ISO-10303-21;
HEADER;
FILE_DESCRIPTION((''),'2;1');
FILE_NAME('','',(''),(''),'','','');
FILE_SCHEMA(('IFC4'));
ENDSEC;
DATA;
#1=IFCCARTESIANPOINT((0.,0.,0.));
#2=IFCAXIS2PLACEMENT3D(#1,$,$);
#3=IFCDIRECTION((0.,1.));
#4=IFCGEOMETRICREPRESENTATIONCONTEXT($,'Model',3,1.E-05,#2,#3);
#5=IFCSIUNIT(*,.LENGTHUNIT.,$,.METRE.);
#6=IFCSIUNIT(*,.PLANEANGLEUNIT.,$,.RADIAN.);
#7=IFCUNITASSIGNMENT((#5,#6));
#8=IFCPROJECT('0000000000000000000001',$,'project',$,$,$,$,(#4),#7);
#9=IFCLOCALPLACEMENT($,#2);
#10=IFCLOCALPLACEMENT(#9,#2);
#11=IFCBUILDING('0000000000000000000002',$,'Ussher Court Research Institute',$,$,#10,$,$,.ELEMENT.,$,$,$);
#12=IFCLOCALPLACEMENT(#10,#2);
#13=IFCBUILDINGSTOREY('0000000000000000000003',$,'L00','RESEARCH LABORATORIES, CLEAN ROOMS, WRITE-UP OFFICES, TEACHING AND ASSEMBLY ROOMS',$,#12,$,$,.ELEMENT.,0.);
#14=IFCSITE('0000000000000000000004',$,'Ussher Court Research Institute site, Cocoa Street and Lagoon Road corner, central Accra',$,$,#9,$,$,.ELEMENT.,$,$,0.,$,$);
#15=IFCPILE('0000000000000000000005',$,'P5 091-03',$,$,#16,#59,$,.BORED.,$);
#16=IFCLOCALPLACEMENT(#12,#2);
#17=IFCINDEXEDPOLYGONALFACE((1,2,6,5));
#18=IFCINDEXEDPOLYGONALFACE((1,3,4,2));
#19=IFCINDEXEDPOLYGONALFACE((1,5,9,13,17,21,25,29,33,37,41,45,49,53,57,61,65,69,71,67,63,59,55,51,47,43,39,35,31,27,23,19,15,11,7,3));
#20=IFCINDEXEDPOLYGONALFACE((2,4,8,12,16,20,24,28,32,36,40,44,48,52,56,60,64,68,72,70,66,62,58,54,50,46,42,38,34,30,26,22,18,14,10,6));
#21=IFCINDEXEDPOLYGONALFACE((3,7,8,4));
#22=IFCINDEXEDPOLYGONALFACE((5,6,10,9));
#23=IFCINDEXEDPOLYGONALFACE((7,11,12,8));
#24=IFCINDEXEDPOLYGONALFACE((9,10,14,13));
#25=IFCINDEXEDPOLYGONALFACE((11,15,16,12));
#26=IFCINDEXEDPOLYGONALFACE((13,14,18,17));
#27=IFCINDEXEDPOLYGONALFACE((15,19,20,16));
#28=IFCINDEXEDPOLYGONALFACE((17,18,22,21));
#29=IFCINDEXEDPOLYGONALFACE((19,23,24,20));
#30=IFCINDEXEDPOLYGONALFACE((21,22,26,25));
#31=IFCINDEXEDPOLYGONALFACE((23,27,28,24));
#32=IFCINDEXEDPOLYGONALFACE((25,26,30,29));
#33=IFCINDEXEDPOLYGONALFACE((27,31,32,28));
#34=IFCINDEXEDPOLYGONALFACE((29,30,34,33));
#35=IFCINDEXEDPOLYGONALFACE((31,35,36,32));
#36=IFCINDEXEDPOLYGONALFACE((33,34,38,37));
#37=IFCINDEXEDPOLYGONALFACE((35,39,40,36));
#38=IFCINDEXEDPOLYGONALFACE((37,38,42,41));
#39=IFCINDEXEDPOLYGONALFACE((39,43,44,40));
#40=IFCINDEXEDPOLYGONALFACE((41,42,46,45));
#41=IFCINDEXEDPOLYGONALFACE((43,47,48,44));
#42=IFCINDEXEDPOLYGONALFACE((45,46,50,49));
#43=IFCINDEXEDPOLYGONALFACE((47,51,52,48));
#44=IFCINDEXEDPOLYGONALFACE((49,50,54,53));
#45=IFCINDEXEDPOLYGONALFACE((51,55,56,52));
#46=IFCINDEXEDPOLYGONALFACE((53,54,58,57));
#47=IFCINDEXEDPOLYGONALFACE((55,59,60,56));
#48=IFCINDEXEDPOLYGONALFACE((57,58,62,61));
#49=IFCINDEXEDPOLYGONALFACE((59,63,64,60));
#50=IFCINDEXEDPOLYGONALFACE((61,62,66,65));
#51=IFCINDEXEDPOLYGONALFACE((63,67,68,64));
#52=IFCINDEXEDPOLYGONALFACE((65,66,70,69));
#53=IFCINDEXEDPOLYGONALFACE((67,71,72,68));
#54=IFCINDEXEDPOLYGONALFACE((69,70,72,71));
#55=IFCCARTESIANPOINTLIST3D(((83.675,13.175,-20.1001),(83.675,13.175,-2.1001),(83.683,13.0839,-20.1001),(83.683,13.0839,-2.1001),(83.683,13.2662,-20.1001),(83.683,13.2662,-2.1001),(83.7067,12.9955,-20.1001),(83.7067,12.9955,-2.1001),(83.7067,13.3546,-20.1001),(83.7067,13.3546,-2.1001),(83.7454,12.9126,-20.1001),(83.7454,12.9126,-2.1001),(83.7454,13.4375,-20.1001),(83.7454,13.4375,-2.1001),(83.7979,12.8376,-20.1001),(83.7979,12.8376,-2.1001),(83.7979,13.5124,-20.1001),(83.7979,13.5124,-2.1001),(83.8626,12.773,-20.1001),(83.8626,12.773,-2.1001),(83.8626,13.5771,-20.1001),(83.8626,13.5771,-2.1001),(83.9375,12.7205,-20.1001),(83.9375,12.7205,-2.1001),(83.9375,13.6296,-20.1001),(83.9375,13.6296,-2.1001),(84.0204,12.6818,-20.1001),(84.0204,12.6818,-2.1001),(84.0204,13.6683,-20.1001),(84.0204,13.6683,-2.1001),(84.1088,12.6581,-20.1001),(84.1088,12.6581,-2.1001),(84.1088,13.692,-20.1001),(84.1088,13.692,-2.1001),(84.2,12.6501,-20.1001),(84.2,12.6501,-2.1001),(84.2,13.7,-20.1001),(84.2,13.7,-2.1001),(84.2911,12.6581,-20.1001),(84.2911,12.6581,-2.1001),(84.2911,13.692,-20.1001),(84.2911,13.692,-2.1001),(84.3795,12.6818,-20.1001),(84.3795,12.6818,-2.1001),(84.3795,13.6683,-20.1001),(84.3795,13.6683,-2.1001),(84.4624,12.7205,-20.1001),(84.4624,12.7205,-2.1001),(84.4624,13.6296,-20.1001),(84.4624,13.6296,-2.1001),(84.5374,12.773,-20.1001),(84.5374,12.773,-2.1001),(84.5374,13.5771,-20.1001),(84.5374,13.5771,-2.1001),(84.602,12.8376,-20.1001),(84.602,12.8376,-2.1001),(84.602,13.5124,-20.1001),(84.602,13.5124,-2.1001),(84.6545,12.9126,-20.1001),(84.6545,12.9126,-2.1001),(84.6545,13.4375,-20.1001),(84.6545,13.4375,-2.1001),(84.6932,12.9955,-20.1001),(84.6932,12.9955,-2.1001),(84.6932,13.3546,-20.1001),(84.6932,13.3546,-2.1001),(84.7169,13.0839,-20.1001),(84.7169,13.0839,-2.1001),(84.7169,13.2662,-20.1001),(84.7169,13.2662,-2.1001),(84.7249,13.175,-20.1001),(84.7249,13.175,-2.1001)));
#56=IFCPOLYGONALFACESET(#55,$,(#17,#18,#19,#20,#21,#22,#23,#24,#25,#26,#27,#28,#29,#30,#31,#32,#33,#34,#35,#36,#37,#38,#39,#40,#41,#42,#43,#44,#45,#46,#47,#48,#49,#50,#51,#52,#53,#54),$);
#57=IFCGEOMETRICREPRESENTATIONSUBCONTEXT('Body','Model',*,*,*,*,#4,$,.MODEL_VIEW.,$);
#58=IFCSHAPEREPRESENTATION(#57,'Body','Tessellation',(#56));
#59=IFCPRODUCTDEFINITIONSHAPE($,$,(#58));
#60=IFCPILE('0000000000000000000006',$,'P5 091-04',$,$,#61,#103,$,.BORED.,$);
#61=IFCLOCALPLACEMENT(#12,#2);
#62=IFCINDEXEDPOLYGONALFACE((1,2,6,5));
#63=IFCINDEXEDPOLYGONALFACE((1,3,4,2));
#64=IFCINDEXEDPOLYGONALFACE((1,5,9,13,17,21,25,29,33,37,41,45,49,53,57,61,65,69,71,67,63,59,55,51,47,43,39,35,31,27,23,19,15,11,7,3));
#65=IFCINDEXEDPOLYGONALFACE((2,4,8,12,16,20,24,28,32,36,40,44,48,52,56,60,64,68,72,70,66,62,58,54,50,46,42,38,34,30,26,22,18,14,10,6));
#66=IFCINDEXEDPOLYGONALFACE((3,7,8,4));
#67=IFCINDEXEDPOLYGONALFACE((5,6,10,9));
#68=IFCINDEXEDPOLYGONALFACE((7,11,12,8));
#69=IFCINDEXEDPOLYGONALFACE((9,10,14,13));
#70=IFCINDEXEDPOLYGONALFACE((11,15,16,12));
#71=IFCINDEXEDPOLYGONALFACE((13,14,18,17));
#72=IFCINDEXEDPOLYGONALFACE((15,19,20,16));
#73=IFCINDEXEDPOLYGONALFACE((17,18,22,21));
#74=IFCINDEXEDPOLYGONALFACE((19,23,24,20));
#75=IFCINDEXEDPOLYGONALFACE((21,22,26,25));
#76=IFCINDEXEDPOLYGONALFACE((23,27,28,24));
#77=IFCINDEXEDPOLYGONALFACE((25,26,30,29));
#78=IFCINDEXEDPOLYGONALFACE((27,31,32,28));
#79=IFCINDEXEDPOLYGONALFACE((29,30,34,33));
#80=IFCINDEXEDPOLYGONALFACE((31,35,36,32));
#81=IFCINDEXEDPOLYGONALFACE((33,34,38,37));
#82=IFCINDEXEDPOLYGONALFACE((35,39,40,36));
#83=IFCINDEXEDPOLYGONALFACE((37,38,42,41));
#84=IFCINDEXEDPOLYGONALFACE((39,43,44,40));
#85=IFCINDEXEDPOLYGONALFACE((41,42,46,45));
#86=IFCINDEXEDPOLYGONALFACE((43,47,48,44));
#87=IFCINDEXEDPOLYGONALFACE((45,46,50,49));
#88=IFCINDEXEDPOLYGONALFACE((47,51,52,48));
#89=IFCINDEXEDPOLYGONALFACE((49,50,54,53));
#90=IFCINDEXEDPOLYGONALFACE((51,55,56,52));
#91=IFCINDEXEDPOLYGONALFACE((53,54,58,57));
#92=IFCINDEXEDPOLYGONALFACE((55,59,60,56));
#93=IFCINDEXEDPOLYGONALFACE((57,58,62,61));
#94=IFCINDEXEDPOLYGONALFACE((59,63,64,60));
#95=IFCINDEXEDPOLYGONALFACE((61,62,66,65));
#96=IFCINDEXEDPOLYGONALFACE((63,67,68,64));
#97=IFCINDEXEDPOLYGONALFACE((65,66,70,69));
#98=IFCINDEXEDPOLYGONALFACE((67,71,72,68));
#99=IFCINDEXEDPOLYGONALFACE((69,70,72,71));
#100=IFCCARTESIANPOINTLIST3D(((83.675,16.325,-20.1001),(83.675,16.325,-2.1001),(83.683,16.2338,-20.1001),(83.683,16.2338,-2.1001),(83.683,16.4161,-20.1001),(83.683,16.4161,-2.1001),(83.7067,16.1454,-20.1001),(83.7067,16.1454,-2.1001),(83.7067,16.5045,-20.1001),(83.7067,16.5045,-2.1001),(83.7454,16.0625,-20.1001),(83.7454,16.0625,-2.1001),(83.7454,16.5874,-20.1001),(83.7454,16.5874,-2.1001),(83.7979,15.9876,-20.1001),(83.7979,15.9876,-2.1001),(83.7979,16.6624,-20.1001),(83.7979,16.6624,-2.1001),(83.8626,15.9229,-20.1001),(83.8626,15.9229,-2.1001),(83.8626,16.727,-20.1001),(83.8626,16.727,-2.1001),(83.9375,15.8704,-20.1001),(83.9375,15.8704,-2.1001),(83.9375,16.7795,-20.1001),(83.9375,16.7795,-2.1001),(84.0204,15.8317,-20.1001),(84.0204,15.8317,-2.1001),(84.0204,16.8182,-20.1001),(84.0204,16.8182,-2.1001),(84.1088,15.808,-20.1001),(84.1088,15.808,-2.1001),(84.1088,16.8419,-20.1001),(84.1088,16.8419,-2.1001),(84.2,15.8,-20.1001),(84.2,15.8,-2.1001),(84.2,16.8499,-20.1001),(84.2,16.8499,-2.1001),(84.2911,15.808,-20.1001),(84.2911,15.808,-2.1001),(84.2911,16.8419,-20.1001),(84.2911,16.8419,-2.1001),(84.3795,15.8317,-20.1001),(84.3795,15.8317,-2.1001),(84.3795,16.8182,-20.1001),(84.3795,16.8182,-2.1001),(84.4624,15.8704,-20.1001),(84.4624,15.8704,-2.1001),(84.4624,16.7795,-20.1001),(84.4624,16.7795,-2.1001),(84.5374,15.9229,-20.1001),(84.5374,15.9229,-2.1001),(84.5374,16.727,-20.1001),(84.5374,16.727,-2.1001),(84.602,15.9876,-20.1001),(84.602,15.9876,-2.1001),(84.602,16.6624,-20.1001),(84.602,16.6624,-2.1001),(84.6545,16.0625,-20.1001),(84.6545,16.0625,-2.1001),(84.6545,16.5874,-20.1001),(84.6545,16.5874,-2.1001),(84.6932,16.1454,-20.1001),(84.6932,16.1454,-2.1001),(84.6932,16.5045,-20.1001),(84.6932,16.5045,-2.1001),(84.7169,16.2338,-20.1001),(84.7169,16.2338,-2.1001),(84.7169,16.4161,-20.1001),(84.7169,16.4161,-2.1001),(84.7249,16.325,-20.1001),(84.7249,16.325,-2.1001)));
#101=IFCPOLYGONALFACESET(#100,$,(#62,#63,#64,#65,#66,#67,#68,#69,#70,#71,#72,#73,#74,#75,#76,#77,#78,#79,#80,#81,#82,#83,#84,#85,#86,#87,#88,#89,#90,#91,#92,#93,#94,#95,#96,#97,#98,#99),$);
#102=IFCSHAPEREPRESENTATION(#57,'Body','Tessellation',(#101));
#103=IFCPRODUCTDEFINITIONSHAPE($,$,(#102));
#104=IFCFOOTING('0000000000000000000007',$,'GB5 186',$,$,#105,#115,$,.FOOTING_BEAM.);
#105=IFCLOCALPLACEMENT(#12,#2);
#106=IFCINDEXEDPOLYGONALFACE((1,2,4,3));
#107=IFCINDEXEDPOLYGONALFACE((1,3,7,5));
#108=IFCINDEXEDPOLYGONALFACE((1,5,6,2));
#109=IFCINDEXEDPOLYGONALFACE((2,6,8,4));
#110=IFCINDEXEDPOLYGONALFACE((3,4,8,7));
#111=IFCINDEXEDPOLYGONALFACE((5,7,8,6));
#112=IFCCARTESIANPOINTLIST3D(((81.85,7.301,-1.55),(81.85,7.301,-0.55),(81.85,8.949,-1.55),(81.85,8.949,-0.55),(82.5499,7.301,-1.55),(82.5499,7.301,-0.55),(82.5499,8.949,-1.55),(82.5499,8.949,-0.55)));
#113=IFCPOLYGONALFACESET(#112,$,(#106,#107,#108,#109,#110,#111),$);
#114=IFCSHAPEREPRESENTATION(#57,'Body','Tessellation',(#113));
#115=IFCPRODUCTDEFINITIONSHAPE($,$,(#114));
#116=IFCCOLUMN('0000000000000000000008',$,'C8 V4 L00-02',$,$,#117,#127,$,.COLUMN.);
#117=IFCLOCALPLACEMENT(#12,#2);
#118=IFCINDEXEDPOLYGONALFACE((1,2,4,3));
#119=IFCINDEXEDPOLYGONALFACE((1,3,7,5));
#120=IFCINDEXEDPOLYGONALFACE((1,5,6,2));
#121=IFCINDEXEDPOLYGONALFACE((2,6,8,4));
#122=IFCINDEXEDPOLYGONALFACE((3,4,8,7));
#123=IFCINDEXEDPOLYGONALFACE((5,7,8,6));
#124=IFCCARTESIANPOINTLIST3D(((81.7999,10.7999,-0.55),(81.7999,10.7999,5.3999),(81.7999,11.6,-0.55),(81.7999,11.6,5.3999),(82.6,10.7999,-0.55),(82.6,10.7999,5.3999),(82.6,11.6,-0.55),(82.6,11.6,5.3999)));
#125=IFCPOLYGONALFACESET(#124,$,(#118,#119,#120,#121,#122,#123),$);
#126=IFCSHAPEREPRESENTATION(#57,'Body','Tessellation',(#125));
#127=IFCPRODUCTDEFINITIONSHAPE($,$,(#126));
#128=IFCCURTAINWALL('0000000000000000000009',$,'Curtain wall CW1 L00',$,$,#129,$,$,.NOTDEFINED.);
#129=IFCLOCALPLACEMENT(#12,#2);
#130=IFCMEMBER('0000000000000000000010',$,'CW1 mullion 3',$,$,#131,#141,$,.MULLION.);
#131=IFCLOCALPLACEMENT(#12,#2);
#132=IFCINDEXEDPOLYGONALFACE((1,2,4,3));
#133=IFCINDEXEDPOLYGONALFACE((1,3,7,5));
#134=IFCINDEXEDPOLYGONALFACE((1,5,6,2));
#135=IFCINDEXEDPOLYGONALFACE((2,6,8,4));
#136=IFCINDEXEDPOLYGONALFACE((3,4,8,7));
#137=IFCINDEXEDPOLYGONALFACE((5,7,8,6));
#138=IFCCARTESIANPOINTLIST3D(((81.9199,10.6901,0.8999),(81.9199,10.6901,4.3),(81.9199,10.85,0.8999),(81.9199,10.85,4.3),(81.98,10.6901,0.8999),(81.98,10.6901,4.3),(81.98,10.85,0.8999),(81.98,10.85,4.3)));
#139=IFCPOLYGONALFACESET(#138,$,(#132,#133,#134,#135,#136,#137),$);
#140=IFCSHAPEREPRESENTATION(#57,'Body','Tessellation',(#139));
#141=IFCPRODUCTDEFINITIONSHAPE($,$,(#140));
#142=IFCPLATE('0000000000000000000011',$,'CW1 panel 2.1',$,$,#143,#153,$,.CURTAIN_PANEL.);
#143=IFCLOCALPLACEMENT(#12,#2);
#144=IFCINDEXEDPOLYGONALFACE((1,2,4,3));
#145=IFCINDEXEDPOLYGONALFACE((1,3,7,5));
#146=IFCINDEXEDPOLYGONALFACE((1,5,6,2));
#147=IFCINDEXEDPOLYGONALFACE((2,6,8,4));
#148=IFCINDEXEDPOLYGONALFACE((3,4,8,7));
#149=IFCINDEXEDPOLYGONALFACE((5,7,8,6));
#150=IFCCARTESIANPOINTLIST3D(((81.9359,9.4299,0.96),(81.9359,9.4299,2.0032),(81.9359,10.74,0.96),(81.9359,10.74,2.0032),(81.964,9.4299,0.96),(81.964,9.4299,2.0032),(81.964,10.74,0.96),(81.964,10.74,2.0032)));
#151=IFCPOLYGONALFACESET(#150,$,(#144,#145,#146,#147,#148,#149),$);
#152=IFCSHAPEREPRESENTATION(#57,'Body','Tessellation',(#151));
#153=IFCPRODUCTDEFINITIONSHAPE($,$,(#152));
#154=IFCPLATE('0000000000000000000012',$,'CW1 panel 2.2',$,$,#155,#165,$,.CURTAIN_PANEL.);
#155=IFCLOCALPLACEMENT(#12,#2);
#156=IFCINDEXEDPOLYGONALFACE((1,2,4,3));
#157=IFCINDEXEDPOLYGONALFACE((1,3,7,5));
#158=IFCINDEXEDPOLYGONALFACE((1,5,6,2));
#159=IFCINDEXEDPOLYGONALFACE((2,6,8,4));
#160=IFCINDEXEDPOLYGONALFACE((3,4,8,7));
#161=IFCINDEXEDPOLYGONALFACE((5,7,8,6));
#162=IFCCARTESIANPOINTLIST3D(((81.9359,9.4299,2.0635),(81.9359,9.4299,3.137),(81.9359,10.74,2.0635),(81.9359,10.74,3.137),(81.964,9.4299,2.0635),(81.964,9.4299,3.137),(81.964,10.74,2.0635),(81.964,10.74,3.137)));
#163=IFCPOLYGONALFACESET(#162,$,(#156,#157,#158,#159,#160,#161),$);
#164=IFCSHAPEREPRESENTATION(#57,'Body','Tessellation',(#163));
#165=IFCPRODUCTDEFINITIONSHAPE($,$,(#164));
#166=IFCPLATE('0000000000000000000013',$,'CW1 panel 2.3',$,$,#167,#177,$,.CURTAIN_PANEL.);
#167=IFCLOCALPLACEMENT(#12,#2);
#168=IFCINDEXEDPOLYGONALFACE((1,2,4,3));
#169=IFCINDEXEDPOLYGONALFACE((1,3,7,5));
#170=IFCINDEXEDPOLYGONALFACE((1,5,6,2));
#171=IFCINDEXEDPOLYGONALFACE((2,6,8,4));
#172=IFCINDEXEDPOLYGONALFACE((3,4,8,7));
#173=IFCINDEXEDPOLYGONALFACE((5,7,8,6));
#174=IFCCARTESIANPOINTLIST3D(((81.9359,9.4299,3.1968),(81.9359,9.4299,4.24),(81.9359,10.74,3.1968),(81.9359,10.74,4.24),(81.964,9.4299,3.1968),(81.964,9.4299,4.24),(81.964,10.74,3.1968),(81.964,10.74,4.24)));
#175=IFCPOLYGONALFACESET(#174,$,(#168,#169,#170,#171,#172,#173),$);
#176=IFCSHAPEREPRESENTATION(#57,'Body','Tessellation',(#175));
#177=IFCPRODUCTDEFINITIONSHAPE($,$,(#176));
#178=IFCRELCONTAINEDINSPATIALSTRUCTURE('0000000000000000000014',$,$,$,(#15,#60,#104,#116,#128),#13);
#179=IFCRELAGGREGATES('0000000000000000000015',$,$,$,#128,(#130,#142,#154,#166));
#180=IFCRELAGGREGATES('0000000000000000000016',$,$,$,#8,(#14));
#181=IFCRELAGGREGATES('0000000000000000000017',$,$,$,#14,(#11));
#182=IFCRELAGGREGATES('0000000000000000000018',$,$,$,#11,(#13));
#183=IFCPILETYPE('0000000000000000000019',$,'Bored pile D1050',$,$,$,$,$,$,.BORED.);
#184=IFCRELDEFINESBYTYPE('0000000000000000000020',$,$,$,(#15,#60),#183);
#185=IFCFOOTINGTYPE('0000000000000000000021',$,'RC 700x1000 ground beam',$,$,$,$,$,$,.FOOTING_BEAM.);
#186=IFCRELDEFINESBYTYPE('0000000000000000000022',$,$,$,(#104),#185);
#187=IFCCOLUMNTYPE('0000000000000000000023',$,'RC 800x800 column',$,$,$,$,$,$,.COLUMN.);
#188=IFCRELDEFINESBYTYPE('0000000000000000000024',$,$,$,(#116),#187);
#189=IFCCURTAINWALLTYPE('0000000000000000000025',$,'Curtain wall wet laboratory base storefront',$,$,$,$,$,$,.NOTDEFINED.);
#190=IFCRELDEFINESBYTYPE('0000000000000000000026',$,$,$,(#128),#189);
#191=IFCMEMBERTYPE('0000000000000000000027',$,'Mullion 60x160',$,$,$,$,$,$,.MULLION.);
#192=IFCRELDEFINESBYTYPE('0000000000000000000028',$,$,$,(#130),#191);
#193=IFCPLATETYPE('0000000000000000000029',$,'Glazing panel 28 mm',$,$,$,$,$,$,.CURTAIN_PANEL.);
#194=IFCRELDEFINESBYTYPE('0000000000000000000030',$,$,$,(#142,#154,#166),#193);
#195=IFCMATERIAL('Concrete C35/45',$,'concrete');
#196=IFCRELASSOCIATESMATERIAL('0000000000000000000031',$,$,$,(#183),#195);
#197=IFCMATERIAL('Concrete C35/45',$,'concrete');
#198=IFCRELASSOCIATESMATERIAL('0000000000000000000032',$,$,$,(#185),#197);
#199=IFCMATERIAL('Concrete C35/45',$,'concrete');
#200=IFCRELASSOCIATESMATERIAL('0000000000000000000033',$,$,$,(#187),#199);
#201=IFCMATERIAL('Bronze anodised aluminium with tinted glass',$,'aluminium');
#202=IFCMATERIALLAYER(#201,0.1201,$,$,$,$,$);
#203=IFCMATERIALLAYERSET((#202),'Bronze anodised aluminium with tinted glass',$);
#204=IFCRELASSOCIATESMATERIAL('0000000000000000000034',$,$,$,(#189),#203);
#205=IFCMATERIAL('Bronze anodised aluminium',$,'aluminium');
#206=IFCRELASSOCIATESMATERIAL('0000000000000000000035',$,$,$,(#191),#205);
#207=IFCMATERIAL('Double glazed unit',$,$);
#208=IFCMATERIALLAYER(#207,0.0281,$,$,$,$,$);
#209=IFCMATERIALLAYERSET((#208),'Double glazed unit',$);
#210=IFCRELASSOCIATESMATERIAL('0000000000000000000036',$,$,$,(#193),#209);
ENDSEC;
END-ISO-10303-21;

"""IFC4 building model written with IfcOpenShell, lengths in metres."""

from ifc_helpers import new_model, si_unit, direction, frame, origin, origin_2d, place, context, subcontext, project, spatial, rectangle, circle, extrude, material, layer, layer_set, material_profile, profile_set, type_object, element, aggregate, save


model = new_model("IFC4")

# Units and contexts
model_context = context("Model", 3, precision=1e-05, world=origin(), true_north=direction((0.0, 1.0)))
body_context = subcontext(model_context, "Body", "Model", "MODEL_VIEW")
ifc_project = project(units=[si_unit("LENGTHUNIT", "METRE"), si_unit("PLANEANGLEUNIT", "RADIAN")], contexts=[model_context])

# Site, building, storey
site_placement = place(None, origin())
site = spatial("IfcSite", under=ifc_project, at=site_placement, Name="Ussher Court Research Institute site, Cocoa Street and Lagoon Road corner, central Accra", CompositionType="ELEMENT", RefElevation=0.0)
building_placement = place(site_placement, origin())
building = spatial("IfcBuilding", under=site, at=building_placement, Name="Ussher Court Research Institute", CompositionType="ELEMENT")
storey_placement = place(building_placement, origin())
storey = spatial("IfcBuildingStorey", under=building, at=storey_placement, Name="L00", Description="RESEARCH LABORATORIES, CLEAN ROOMS, WRITE-UP OFFICES, TEACHING AND ASSEMBLY ROOMS", CompositionType="ELEMENT", Elevation=0.0)

# Piles
ifc_material_1 = material(Name="Concrete C35/45", Category="concrete")
ifc_material_profile_1 = material_profile(ifc_material_1, circle(Radius=0.5249, at=origin_2d()), Name="RC D1050")
ifc_profile_set_1 = profile_set([ifc_material_profile_1], Name="Concrete C35/45")
pile_type = type_object("IfcPileType", Name="Bored pile D1050", PredefinedType="BORED", material=ifc_profile_set_1)
for number, where, z_axis, x_axis, name in (
    (1, (84.2, 13.175, -2.1001), (0.0, 0.0, -1.0), (1.0, 0.0, 0.0), "P5 091-03"),
    (2, (84.2, 16.325, -2.1001), (0.0, 0.0, -1.0), (1.0, 0.0, 0.0), "P5 091-04"),
):
    element("IfcPile", number, at=place(storey_placement, frame(where, z_axis=z_axis, x_axis=x_axis)), inside=storey, type_object=pile_type, Name=name, PredefinedType="BORED", context=body_context, shape_type="SweptSolid", body=[
        extrude(circle(Radius=0.5249, at=origin_2d()), origin(), (0.0, 0.0, 1.0), 18.0),
    ])

# Footing
ifc_material_2 = material(Name="Concrete C35/45", Category="concrete")
ifc_material_profile_2 = material_profile(ifc_material_2, rectangle(XDim=0.7, YDim=1.0, at=origin_2d()), Name="RC 700x1000")
ifc_profile_set_2 = profile_set([ifc_material_profile_2], Name="Concrete C35/45")
footing_type = type_object("IfcFootingType", Name="RC 700x1000 ground beam", PredefinedType="FOOTING_BEAM", material=ifc_profile_set_2)
footing_placement = place(storey_placement, frame((82.2, 7.301, -1.05), z_axis=(0.0, 1.0, 0.0), x_axis=(-1.0, 0.0, 0.0)))
element("IfcFooting", 3, at=footing_placement, inside=storey, type_object=footing_type, Name="GB5 186", PredefinedType="FOOTING_BEAM", context=body_context, shape_type="SweptSolid", body=[
    extrude(rectangle(XDim=0.7, YDim=1.0, at=origin_2d()), origin(), (0.0, 0.0, 1.0), 1.6479),
])

# Column
ifc_material_3 = material(Name="Concrete C35/45", Category="concrete")
ifc_material_profile_3 = material_profile(ifc_material_3, rectangle(XDim=0.8, YDim=0.8, at=origin_2d()), Name="RC 800x800")
ifc_profile_set_3 = profile_set([ifc_material_profile_3], Name="Concrete C35/45")
column_type = type_object("IfcColumnType", Name="RC 800x800 column", PredefinedType="COLUMN", material=ifc_profile_set_3)
column_placement = place(storey_placement, frame((82.2, 11.2, -0.55), z_axis=(0.0, 0.0, 1.0), x_axis=(1.0, 0.0, 0.0)))
element("IfcColumn", 4, at=column_placement, inside=storey, type_object=column_type, Name="C8 V4 L00-02", PredefinedType="COLUMN", context=body_context, shape_type="SweptSolid", body=[
    extrude(rectangle(XDim=0.8, YDim=0.8, at=origin_2d()), origin(), (0.0, 0.0, 1.0), 5.95),
])

# Curtain wall, member, plates
ifc_material_4 = material(Name="Bronze anodised aluminium with tinted glass", Category="aluminium")
ifc_layer_1 = layer(ifc_material_4, 0.1201)
ifc_layer_set_1 = layer_set([ifc_layer_1], Name="Bronze anodised aluminium with tinted glass")
curtain_wall_type = type_object("IfcCurtainWallType", Name="Curtain wall wet laboratory base storefront", PredefinedType="NOTDEFINED", material=ifc_layer_set_1)
curtain_wall_placement = place(storey_placement, origin())
curtain_wall = element("IfcCurtainWall", 5, at=curtain_wall_placement, inside=storey, type_object=curtain_wall_type, Name="Curtain wall CW1 L00", PredefinedType="NOTDEFINED")
ifc_material_5 = material(Name="Bronze anodised aluminium", Category="aluminium")
ifc_material_profile_4 = material_profile(ifc_material_5, rectangle(XDim=0.0601, YDim=0.1599, at=origin_2d()), Name="Mullion 60x160")
ifc_profile_set_4 = profile_set([ifc_material_profile_4], Name="Bronze anodised aluminium")
member_type = type_object("IfcMemberType", Name="Mullion 60x160", PredefinedType="MULLION", material=ifc_profile_set_4)
member_placement = place(storey_placement, frame((81.95, 10.77, 0.8999), z_axis=(0.0, 0.0, 1.0), x_axis=(-1.0, 0.0, 0.0)))
member = element("IfcMember", 6, at=member_placement, type_object=member_type, Name="CW1 mullion 3", PredefinedType="MULLION", context=body_context, shape_type="SweptSolid", body=[
    extrude(rectangle(XDim=0.0601, YDim=0.1599, at=origin_2d()), origin(), (0.0, 0.0, 1.0), 3.4001),
])
ifc_material_6 = material(Name="Double glazed unit")
ifc_layer_2 = layer(ifc_material_6, 0.0281)
ifc_layer_set_2 = layer_set([ifc_layer_2], Name="Double glazed unit")
plate_type = type_object("IfcPlateType", Name="Glazing panel 28 mm", PredefinedType="CURTAIN_PANEL", material=ifc_layer_set_2)
plate_1_placement = place(storey_placement, frame((81.95, 10.085, 0.96), z_axis=(0.0, 0.0, 1.0), x_axis=(0.0, 1.0, 0.0)))
plate_1 = element("IfcPlate", 7, at=plate_1_placement, type_object=plate_type, Name="CW1 panel 2.1", PredefinedType="CURTAIN_PANEL", context=body_context, shape_type="SweptSolid", body=[
    extrude(rectangle(XDim=1.3101, YDim=0.0281, at=origin_2d()), origin(), (0.0, 0.0, 1.0), 1.0432),
])
plate_2_placement = place(storey_placement, frame((81.95, 10.085, 2.0635), z_axis=(0.0, 0.0, 1.0), x_axis=(0.0, 1.0, 0.0)))
plate_2 = element("IfcPlate", 8, at=plate_2_placement, type_object=plate_type, Name="CW1 panel 2.2", PredefinedType="CURTAIN_PANEL", context=body_context, shape_type="SweptSolid", body=[
    extrude(rectangle(XDim=1.3101, YDim=0.0281, at=origin_2d()), origin(), (0.0, 0.0, 1.0), 1.0735),
])
plate_3_placement = place(storey_placement, frame((81.95, 10.085, 3.1968), z_axis=(0.0, 0.0, 1.0), x_axis=(0.0, 1.0, 0.0)))
plate_3 = element("IfcPlate", 9, at=plate_3_placement, type_object=plate_type, Name="CW1 panel 2.3", PredefinedType="CURTAIN_PANEL", context=body_context, shape_type="SweptSolid", body=[
    extrude(rectangle(XDim=1.3101, YDim=0.0281, at=origin_2d()), origin(), (0.0, 0.0, 1.0), 1.0432),
])
aggregate(curtain_wall, [member, plate_1, plate_2, plate_3])

save(model, "model.ifc")
